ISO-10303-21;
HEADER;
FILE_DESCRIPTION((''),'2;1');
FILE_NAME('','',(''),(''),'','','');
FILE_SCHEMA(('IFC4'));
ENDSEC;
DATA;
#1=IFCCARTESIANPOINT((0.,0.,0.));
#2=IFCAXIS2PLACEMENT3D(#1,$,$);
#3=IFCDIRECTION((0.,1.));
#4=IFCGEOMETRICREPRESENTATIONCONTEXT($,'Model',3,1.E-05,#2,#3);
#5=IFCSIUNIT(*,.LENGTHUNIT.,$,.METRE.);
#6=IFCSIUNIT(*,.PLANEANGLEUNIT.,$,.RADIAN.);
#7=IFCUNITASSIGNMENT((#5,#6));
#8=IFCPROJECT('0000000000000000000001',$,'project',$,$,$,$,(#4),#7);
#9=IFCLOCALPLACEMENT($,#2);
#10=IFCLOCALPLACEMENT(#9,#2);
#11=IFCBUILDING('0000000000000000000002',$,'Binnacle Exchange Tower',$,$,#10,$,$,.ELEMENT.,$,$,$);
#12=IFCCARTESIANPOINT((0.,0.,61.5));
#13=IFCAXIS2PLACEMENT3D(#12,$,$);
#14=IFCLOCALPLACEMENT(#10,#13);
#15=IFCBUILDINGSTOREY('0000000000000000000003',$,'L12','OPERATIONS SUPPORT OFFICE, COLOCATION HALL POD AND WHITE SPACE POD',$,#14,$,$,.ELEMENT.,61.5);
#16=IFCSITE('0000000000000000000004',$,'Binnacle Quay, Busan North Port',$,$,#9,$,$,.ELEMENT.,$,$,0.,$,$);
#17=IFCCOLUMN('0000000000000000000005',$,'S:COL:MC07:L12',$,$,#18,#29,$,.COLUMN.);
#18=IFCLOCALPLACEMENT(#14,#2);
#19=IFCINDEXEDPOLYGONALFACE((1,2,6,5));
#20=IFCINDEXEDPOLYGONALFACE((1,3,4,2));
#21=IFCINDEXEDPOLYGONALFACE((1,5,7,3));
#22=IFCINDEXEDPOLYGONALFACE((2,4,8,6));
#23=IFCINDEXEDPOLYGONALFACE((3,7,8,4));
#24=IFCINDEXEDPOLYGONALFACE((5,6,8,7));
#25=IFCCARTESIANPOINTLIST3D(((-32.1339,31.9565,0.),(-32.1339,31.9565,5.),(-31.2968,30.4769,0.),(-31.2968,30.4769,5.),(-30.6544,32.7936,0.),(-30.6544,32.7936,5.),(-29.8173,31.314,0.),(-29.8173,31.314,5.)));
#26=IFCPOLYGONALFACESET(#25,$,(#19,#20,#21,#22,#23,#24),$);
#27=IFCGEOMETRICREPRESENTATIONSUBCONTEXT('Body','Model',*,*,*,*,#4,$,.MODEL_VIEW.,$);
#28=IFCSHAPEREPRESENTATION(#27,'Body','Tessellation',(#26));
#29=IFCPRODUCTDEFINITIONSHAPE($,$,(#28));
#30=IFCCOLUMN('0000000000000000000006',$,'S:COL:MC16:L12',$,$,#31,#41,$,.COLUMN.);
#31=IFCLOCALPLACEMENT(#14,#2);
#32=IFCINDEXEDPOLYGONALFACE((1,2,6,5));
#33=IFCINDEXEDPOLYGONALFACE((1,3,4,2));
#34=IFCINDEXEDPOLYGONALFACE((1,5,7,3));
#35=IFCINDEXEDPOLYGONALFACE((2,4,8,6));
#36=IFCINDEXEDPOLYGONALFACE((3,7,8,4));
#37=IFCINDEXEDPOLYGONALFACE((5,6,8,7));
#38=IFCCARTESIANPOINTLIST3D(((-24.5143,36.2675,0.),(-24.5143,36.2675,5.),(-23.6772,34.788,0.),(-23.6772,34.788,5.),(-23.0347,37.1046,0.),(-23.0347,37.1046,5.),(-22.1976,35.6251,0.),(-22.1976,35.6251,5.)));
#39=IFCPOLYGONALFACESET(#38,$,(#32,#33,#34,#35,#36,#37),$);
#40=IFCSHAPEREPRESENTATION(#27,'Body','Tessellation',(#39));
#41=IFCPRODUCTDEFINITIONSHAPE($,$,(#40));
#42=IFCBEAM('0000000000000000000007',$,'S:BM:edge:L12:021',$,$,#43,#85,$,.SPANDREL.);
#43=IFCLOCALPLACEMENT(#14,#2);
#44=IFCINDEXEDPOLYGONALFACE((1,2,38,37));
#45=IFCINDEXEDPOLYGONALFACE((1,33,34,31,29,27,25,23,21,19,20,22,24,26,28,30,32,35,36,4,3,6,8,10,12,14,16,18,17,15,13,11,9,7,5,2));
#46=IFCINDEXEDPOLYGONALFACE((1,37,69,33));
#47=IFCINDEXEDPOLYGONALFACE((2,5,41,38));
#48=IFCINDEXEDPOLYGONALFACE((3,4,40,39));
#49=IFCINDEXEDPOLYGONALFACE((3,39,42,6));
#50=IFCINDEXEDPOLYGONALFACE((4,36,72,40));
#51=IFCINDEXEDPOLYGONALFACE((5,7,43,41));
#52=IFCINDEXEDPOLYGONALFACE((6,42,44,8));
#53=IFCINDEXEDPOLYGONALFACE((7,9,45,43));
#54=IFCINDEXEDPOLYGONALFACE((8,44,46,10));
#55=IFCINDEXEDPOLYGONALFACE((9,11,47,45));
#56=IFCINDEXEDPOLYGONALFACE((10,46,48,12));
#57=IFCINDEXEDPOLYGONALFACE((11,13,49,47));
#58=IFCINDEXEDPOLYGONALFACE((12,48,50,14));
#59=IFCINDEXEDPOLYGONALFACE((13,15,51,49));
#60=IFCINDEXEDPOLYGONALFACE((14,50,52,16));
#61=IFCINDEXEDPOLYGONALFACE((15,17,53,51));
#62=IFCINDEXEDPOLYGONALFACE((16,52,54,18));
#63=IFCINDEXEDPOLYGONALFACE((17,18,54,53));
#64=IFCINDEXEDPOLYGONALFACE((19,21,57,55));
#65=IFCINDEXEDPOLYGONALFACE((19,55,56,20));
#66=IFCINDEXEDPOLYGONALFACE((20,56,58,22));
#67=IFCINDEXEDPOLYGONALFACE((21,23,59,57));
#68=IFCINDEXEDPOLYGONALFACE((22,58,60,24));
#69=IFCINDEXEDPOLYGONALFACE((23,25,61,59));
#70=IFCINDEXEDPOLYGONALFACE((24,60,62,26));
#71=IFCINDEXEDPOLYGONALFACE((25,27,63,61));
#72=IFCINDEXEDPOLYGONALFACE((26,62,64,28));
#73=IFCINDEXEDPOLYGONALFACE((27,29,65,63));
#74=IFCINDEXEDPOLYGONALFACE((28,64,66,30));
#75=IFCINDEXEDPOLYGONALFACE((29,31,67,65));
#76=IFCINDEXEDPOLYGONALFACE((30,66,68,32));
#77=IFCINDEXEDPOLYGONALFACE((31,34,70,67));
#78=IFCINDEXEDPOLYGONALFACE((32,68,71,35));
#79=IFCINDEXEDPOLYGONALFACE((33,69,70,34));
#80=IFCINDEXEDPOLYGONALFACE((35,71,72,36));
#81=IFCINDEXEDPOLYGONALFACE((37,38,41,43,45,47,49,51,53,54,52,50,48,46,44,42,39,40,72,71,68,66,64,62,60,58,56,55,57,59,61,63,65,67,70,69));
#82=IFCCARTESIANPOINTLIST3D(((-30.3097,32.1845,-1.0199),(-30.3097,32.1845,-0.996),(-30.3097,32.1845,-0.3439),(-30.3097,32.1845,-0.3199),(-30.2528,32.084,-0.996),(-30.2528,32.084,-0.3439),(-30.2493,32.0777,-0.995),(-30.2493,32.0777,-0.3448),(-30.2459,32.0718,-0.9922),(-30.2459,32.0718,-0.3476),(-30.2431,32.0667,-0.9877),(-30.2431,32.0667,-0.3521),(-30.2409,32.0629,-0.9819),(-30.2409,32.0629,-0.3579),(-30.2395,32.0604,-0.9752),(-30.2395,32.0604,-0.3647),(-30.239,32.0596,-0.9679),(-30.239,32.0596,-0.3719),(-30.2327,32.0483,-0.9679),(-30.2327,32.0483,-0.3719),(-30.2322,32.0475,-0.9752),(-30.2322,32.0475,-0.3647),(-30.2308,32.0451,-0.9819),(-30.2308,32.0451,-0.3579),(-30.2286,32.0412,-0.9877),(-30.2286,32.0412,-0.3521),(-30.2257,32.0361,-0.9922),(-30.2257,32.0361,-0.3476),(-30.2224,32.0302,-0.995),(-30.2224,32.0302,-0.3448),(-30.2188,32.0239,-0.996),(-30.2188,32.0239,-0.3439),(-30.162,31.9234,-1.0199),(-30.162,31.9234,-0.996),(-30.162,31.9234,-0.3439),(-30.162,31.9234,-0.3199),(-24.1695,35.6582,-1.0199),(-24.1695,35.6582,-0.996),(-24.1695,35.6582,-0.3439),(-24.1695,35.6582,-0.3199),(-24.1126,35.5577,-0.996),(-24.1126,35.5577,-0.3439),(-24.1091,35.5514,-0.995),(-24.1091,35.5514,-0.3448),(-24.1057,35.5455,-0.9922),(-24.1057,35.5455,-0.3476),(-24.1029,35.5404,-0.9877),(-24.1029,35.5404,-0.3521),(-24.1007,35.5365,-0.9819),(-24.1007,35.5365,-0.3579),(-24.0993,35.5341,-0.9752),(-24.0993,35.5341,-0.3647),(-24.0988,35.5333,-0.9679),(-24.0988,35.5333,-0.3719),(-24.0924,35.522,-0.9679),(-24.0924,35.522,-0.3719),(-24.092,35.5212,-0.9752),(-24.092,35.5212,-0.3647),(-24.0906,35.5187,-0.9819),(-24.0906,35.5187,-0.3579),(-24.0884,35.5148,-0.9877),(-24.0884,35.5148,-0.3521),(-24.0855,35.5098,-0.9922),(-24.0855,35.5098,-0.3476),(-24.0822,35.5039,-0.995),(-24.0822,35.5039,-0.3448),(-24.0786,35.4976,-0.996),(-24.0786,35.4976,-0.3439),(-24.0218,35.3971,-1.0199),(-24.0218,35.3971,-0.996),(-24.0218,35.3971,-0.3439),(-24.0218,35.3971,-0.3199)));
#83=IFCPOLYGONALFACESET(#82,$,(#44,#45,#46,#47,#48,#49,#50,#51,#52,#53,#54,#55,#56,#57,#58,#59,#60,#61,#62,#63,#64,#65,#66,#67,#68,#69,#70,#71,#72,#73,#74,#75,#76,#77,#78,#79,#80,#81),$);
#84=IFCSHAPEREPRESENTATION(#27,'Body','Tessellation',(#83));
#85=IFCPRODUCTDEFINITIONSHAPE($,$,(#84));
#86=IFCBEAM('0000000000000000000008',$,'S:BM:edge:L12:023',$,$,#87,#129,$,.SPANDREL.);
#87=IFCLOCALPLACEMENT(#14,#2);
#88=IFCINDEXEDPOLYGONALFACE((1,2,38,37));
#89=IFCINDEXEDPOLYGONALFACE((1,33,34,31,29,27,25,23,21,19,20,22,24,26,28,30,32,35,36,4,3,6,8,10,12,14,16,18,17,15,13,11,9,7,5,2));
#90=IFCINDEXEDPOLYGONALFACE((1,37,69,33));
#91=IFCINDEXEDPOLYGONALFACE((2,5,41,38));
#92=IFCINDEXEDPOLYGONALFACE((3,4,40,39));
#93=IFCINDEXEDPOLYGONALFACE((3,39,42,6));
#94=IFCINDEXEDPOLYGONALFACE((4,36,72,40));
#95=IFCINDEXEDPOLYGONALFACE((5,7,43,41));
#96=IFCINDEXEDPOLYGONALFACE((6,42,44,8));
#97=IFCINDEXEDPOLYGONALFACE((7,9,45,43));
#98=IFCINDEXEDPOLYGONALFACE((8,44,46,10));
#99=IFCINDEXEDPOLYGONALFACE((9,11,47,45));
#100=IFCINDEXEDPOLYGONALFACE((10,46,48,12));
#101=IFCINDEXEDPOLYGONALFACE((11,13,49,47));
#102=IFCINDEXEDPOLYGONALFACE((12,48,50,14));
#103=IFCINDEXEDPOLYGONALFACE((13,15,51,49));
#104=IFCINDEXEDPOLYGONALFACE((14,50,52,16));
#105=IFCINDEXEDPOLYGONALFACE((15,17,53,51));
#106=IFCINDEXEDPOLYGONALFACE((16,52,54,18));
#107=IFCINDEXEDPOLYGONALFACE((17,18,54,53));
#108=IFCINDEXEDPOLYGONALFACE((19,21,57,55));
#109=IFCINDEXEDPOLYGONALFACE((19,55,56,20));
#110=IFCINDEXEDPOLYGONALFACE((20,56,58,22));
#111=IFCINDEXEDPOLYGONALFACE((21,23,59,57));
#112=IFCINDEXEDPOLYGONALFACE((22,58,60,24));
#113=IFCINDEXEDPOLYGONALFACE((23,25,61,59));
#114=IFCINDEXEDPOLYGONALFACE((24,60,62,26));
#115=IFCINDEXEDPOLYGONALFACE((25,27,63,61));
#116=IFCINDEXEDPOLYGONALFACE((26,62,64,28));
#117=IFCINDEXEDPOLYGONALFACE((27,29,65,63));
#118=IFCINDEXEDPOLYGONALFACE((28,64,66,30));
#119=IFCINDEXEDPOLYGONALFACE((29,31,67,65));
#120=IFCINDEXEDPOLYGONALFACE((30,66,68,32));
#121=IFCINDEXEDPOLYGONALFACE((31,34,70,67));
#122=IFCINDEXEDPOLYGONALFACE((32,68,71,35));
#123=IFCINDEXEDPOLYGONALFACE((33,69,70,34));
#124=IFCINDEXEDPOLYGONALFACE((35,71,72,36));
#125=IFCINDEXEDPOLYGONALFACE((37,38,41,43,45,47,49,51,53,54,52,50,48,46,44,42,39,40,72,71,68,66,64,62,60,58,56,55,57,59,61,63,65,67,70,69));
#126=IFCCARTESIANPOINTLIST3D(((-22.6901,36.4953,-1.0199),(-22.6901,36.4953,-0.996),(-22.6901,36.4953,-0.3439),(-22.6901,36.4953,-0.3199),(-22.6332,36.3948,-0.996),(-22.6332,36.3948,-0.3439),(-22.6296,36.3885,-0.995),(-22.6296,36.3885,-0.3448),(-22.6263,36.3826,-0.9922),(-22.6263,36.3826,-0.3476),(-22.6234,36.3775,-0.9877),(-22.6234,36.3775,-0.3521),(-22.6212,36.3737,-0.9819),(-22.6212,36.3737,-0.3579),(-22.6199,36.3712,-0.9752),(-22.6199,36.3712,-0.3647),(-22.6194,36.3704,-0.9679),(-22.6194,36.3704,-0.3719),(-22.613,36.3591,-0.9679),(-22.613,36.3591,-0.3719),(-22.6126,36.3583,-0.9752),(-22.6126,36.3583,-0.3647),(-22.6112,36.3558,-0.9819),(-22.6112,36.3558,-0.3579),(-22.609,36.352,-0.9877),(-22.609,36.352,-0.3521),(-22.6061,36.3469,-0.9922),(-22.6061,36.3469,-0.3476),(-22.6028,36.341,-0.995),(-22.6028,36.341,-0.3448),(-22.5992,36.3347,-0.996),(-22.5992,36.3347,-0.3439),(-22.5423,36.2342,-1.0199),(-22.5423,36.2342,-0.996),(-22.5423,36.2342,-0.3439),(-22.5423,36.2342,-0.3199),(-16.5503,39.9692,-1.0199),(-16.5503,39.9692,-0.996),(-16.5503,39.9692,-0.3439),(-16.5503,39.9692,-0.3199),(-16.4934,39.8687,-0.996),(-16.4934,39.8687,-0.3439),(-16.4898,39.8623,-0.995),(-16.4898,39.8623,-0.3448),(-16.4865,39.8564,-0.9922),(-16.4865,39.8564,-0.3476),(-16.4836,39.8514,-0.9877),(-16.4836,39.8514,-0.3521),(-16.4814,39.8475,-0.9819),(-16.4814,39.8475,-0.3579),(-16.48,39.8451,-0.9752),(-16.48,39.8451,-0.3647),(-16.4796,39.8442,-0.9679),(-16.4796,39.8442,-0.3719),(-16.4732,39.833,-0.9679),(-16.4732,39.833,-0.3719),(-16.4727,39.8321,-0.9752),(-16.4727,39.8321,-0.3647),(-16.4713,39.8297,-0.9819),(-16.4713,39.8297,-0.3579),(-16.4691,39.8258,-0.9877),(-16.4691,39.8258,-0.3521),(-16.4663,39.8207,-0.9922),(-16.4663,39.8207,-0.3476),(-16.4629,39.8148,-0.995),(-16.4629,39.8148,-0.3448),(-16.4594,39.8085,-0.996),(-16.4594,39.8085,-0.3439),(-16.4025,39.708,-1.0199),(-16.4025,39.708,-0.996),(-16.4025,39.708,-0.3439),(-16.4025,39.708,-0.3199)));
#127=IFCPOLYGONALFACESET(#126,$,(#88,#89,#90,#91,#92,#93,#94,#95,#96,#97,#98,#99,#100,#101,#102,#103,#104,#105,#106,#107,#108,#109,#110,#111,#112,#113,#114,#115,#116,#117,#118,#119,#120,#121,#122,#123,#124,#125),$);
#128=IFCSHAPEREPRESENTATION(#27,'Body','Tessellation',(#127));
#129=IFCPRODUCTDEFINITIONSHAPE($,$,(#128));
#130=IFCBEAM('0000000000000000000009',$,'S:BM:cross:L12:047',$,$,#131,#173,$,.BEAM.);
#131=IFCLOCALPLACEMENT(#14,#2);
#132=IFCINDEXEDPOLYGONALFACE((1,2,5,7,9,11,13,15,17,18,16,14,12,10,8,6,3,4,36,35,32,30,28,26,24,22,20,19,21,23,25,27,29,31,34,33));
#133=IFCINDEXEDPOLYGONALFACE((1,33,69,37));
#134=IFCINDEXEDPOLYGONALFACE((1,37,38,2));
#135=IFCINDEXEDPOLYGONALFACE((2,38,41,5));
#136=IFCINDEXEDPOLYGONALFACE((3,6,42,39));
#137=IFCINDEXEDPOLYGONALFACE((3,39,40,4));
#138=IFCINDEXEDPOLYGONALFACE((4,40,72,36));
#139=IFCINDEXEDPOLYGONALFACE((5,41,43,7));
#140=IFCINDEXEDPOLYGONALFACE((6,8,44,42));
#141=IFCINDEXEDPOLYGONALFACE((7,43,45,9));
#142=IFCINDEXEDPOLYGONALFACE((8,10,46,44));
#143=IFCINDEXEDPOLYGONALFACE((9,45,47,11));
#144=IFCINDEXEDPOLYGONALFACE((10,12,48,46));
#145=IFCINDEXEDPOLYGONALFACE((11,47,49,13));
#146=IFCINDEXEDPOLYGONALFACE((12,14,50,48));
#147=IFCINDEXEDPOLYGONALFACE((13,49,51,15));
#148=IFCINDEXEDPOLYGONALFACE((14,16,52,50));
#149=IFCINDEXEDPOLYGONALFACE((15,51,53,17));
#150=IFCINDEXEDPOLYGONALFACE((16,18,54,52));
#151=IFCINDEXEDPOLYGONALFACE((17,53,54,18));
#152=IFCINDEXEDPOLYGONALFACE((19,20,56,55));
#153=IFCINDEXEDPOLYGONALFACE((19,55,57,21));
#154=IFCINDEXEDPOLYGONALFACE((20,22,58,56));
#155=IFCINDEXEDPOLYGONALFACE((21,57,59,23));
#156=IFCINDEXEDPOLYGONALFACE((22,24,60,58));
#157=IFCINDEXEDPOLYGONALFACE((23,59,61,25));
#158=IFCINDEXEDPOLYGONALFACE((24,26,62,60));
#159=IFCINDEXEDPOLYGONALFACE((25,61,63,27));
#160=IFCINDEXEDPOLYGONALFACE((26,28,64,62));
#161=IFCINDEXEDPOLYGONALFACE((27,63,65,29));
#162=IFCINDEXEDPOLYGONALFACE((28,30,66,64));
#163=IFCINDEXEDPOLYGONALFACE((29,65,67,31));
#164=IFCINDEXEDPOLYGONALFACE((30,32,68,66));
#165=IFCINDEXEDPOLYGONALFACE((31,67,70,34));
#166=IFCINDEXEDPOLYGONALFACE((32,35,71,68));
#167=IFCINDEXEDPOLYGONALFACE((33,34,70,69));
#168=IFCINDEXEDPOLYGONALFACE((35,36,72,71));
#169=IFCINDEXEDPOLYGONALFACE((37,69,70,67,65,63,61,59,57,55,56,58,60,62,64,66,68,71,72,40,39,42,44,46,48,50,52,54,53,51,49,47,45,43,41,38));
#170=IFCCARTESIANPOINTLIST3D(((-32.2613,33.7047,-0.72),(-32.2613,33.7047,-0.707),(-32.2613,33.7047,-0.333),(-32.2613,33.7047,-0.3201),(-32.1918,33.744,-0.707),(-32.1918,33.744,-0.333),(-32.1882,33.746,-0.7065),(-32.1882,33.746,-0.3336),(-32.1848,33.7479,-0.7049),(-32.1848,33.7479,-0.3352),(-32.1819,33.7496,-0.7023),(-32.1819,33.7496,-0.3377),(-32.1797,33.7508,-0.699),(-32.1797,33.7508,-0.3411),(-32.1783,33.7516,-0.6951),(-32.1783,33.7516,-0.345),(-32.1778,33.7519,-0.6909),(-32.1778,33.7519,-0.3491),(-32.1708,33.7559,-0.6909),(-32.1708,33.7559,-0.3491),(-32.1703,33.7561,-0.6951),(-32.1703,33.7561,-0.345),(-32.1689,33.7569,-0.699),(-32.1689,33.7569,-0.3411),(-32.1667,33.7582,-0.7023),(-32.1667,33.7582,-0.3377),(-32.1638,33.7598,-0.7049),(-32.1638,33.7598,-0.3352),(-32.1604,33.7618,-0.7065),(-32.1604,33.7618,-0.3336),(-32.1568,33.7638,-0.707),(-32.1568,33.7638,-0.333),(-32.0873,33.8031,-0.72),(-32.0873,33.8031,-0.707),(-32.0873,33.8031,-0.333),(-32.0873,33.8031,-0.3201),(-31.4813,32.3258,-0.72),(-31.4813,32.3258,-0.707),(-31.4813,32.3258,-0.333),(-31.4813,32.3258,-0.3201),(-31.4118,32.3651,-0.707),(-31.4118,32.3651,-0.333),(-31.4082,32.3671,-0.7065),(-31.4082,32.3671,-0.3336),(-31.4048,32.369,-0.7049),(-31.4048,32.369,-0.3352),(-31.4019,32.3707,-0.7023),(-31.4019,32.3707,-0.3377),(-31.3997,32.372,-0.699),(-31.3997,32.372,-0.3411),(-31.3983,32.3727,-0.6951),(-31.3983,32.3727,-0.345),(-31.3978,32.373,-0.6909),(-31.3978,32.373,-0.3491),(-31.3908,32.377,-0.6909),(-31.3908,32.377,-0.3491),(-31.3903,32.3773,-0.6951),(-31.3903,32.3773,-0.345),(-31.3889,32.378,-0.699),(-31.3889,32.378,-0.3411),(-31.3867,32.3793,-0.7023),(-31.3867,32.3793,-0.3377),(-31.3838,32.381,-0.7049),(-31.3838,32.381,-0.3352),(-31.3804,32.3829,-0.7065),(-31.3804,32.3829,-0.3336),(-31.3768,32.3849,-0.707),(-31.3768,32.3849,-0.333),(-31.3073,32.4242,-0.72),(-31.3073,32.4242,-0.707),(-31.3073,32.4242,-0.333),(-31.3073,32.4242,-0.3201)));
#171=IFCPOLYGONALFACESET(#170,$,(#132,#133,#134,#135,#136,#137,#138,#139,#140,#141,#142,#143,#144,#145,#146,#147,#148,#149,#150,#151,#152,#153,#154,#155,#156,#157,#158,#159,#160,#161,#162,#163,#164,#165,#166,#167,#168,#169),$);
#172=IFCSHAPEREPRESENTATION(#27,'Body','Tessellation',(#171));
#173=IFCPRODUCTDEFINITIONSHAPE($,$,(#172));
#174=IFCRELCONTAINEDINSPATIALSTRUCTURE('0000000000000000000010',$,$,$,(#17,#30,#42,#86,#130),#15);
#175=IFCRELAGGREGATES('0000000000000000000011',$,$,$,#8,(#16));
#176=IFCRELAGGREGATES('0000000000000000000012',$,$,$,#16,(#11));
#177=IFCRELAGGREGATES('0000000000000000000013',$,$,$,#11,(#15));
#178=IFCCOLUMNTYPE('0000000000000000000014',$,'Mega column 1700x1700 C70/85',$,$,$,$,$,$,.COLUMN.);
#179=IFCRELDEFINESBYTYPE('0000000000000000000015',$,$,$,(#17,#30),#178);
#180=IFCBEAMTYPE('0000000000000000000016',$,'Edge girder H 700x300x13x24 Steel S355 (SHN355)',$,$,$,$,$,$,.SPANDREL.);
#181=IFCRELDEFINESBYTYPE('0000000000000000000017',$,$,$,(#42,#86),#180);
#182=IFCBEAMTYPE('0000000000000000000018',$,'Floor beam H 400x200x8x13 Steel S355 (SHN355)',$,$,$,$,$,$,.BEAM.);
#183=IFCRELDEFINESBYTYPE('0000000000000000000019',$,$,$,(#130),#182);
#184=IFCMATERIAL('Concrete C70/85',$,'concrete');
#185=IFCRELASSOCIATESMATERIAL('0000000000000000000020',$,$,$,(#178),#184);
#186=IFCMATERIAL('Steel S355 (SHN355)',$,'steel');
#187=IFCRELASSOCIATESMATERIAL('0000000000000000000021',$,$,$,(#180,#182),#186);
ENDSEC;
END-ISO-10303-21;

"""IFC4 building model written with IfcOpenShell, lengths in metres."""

from ifc_helpers import new_model, si_unit, direction, frame, origin, origin_2d, place, context, subcontext, project, spatial, rectangle, i_section, extrude, material, material_profile, profile_set, type_object, element, save


model = new_model("IFC4")

# Units and contexts
model_context = context("Model", 3, precision=1e-05, world=origin(), true_north=direction((0.0, 1.0)))
body_context = subcontext(model_context, "Body", "Model", "MODEL_VIEW")
ifc_project = project(units=[si_unit("LENGTHUNIT", "METRE"), si_unit("PLANEANGLEUNIT", "RADIAN")], contexts=[model_context])

# Site, building, storey
site_placement = place(None, origin())
site = spatial("IfcSite", under=ifc_project, at=site_placement, Name="Binnacle Quay, Busan North Port", CompositionType="ELEMENT", RefElevation=0.0)
building_placement = place(site_placement, origin())
building = spatial("IfcBuilding", under=site, at=building_placement, Name="Binnacle Exchange Tower", CompositionType="ELEMENT")
storey_placement = place(building_placement, frame((0.0, 0.0, 61.5)))
storey = spatial("IfcBuildingStorey", under=building, at=storey_placement, Name="L12", Description="OPERATIONS SUPPORT OFFICE, COLOCATION HALL POD AND WHITE SPACE POD", CompositionType="ELEMENT", Elevation=61.5)

# Columns
ifc_material_1 = material(Name="Concrete C70/85", Category="concrete")
ifc_material_profile_1 = material_profile(ifc_material_1, rectangle(XDim=1.7, YDim=1.7, at=origin_2d()), Name="Mega column 1700x1700 C70/85")
ifc_profile_set_1 = profile_set([ifc_material_profile_1], Name="Concrete C70/85")
column_type = type_object("IfcColumnType", Name="Mega column 1700x1700 C70/85", PredefinedType="COLUMN", material=ifc_profile_set_1)
for number, where, z_axis, x_axis, name in (
    (1, (-30.9756, 31.6353, 0.0), (0.0, 0.0, 1.0), (0.870356, 0.492424, 0.0), "S:COL:MC07:L12"),
    (2, (-23.356, 35.9463, 0.0), (0.0, 0.0, 1.0), (0.870356, 0.492424, 0.0), "S:COL:MC16:L12"),
):
    element("IfcColumn", number, at=place(storey_placement, frame(where, z_axis=z_axis, x_axis=x_axis)), inside=storey, type_object=column_type, Name=name, PredefinedType="COLUMN", context=body_context, shape_type="SweptSolid", body=[
        extrude(rectangle(XDim=1.7, YDim=1.7, at=origin_2d()), origin(), (0.0, 0.0, 1.0), 5.0),
    ])

# Beams
ifc_material_2 = material(Name="Steel S355 (SHN355)", Category="steel")
ifc_material_profile_2 = material_profile(ifc_material_2, i_section(OverallWidth=0.3, OverallDepth=0.7, WebThickness=0.0129, FlangeThickness=0.0239, FilletRadius=0.0281, at=origin_2d()), Name="H 700x300x13x24")
ifc_profile_set_2 = profile_set([ifc_material_profile_2], Name="Steel S355 (SHN355)")
beam_type_1 = type_object("IfcBeamType", Name="Edge girder H 700x300x13x24 Steel S355 (SHN355)", PredefinedType="SPANDREL", material=ifc_profile_set_2)
beam_1_placement = place(storey_placement, frame((-30.2358, 32.054, -0.6699), z_axis=(0.870373, 0.492392, 0.0), x_axis=(-0.492392, 0.870373, 0.0)))
element("IfcBeam", 3, at=beam_1_placement, inside=storey, type_object=beam_type_1, Name="S:BM:edge:L12:021", PredefinedType="SPANDREL", context=body_context, shape_type="SweptSolid", body=[
    extrude(i_section(OverallWidth=0.3, OverallDepth=0.7, WebThickness=0.0129, FlangeThickness=0.0239, FilletRadius=0.0281, at=origin_2d()), origin(), (0.0, 0.0, 1.0), 7.0547),
])
beam_2_placement = place(storey_placement, frame((-22.6162, 36.3647, -0.6699), z_axis=(0.87035, 0.492434, 0.0), x_axis=(-0.492434, 0.87035, 0.0)))
element("IfcBeam", 4, at=beam_2_placement, inside=storey, type_object=beam_type_1, Name="S:BM:edge:L12:023", PredefinedType="SPANDREL", context=body_context, shape_type="SweptSolid", body=[
    extrude(i_section(OverallWidth=0.3, OverallDepth=0.7, WebThickness=0.0129, FlangeThickness=0.0239, FilletRadius=0.0281, at=origin_2d()), origin(), (0.0, 0.0, 1.0), 7.0544),
])
ifc_material_profile_3 = material_profile(ifc_material_2, i_section(OverallWidth=0.2, OverallDepth=0.3999, WebThickness=0.0081, FlangeThickness=0.0129, FilletRadius=0.0161, at=origin_2d()), Name="H 400x200x8x13")
ifc_profile_set_3 = profile_set([ifc_material_profile_3], Name="Steel S355 (SHN355)")
beam_type_2 = type_object("IfcBeamType", Name="Floor beam H 400x200x8x13 Steel S355 (SHN355)", PredefinedType="BEAM", material=ifc_profile_set_3)
beam_3_placement = place(storey_placement, frame((-31.3943, 32.375, -0.52), z_axis=(-0.492367, 0.870388, 0.0), x_axis=(-0.870388, -0.492367, 0.0)))
element("IfcBeam", 5, at=beam_3_placement, inside=storey, type_object=beam_type_2, Name="S:BM:cross:L12:047", PredefinedType="BEAM", context=body_context, shape_type="SweptSolid", body=[
    extrude(i_section(OverallWidth=0.2, OverallDepth=0.3999, WebThickness=0.0081, FlangeThickness=0.0129, FilletRadius=0.0161, at=origin_2d()), origin(), (0.0, 0.0, 1.0), 1.5842),
])

save(model, "model.ifc")
